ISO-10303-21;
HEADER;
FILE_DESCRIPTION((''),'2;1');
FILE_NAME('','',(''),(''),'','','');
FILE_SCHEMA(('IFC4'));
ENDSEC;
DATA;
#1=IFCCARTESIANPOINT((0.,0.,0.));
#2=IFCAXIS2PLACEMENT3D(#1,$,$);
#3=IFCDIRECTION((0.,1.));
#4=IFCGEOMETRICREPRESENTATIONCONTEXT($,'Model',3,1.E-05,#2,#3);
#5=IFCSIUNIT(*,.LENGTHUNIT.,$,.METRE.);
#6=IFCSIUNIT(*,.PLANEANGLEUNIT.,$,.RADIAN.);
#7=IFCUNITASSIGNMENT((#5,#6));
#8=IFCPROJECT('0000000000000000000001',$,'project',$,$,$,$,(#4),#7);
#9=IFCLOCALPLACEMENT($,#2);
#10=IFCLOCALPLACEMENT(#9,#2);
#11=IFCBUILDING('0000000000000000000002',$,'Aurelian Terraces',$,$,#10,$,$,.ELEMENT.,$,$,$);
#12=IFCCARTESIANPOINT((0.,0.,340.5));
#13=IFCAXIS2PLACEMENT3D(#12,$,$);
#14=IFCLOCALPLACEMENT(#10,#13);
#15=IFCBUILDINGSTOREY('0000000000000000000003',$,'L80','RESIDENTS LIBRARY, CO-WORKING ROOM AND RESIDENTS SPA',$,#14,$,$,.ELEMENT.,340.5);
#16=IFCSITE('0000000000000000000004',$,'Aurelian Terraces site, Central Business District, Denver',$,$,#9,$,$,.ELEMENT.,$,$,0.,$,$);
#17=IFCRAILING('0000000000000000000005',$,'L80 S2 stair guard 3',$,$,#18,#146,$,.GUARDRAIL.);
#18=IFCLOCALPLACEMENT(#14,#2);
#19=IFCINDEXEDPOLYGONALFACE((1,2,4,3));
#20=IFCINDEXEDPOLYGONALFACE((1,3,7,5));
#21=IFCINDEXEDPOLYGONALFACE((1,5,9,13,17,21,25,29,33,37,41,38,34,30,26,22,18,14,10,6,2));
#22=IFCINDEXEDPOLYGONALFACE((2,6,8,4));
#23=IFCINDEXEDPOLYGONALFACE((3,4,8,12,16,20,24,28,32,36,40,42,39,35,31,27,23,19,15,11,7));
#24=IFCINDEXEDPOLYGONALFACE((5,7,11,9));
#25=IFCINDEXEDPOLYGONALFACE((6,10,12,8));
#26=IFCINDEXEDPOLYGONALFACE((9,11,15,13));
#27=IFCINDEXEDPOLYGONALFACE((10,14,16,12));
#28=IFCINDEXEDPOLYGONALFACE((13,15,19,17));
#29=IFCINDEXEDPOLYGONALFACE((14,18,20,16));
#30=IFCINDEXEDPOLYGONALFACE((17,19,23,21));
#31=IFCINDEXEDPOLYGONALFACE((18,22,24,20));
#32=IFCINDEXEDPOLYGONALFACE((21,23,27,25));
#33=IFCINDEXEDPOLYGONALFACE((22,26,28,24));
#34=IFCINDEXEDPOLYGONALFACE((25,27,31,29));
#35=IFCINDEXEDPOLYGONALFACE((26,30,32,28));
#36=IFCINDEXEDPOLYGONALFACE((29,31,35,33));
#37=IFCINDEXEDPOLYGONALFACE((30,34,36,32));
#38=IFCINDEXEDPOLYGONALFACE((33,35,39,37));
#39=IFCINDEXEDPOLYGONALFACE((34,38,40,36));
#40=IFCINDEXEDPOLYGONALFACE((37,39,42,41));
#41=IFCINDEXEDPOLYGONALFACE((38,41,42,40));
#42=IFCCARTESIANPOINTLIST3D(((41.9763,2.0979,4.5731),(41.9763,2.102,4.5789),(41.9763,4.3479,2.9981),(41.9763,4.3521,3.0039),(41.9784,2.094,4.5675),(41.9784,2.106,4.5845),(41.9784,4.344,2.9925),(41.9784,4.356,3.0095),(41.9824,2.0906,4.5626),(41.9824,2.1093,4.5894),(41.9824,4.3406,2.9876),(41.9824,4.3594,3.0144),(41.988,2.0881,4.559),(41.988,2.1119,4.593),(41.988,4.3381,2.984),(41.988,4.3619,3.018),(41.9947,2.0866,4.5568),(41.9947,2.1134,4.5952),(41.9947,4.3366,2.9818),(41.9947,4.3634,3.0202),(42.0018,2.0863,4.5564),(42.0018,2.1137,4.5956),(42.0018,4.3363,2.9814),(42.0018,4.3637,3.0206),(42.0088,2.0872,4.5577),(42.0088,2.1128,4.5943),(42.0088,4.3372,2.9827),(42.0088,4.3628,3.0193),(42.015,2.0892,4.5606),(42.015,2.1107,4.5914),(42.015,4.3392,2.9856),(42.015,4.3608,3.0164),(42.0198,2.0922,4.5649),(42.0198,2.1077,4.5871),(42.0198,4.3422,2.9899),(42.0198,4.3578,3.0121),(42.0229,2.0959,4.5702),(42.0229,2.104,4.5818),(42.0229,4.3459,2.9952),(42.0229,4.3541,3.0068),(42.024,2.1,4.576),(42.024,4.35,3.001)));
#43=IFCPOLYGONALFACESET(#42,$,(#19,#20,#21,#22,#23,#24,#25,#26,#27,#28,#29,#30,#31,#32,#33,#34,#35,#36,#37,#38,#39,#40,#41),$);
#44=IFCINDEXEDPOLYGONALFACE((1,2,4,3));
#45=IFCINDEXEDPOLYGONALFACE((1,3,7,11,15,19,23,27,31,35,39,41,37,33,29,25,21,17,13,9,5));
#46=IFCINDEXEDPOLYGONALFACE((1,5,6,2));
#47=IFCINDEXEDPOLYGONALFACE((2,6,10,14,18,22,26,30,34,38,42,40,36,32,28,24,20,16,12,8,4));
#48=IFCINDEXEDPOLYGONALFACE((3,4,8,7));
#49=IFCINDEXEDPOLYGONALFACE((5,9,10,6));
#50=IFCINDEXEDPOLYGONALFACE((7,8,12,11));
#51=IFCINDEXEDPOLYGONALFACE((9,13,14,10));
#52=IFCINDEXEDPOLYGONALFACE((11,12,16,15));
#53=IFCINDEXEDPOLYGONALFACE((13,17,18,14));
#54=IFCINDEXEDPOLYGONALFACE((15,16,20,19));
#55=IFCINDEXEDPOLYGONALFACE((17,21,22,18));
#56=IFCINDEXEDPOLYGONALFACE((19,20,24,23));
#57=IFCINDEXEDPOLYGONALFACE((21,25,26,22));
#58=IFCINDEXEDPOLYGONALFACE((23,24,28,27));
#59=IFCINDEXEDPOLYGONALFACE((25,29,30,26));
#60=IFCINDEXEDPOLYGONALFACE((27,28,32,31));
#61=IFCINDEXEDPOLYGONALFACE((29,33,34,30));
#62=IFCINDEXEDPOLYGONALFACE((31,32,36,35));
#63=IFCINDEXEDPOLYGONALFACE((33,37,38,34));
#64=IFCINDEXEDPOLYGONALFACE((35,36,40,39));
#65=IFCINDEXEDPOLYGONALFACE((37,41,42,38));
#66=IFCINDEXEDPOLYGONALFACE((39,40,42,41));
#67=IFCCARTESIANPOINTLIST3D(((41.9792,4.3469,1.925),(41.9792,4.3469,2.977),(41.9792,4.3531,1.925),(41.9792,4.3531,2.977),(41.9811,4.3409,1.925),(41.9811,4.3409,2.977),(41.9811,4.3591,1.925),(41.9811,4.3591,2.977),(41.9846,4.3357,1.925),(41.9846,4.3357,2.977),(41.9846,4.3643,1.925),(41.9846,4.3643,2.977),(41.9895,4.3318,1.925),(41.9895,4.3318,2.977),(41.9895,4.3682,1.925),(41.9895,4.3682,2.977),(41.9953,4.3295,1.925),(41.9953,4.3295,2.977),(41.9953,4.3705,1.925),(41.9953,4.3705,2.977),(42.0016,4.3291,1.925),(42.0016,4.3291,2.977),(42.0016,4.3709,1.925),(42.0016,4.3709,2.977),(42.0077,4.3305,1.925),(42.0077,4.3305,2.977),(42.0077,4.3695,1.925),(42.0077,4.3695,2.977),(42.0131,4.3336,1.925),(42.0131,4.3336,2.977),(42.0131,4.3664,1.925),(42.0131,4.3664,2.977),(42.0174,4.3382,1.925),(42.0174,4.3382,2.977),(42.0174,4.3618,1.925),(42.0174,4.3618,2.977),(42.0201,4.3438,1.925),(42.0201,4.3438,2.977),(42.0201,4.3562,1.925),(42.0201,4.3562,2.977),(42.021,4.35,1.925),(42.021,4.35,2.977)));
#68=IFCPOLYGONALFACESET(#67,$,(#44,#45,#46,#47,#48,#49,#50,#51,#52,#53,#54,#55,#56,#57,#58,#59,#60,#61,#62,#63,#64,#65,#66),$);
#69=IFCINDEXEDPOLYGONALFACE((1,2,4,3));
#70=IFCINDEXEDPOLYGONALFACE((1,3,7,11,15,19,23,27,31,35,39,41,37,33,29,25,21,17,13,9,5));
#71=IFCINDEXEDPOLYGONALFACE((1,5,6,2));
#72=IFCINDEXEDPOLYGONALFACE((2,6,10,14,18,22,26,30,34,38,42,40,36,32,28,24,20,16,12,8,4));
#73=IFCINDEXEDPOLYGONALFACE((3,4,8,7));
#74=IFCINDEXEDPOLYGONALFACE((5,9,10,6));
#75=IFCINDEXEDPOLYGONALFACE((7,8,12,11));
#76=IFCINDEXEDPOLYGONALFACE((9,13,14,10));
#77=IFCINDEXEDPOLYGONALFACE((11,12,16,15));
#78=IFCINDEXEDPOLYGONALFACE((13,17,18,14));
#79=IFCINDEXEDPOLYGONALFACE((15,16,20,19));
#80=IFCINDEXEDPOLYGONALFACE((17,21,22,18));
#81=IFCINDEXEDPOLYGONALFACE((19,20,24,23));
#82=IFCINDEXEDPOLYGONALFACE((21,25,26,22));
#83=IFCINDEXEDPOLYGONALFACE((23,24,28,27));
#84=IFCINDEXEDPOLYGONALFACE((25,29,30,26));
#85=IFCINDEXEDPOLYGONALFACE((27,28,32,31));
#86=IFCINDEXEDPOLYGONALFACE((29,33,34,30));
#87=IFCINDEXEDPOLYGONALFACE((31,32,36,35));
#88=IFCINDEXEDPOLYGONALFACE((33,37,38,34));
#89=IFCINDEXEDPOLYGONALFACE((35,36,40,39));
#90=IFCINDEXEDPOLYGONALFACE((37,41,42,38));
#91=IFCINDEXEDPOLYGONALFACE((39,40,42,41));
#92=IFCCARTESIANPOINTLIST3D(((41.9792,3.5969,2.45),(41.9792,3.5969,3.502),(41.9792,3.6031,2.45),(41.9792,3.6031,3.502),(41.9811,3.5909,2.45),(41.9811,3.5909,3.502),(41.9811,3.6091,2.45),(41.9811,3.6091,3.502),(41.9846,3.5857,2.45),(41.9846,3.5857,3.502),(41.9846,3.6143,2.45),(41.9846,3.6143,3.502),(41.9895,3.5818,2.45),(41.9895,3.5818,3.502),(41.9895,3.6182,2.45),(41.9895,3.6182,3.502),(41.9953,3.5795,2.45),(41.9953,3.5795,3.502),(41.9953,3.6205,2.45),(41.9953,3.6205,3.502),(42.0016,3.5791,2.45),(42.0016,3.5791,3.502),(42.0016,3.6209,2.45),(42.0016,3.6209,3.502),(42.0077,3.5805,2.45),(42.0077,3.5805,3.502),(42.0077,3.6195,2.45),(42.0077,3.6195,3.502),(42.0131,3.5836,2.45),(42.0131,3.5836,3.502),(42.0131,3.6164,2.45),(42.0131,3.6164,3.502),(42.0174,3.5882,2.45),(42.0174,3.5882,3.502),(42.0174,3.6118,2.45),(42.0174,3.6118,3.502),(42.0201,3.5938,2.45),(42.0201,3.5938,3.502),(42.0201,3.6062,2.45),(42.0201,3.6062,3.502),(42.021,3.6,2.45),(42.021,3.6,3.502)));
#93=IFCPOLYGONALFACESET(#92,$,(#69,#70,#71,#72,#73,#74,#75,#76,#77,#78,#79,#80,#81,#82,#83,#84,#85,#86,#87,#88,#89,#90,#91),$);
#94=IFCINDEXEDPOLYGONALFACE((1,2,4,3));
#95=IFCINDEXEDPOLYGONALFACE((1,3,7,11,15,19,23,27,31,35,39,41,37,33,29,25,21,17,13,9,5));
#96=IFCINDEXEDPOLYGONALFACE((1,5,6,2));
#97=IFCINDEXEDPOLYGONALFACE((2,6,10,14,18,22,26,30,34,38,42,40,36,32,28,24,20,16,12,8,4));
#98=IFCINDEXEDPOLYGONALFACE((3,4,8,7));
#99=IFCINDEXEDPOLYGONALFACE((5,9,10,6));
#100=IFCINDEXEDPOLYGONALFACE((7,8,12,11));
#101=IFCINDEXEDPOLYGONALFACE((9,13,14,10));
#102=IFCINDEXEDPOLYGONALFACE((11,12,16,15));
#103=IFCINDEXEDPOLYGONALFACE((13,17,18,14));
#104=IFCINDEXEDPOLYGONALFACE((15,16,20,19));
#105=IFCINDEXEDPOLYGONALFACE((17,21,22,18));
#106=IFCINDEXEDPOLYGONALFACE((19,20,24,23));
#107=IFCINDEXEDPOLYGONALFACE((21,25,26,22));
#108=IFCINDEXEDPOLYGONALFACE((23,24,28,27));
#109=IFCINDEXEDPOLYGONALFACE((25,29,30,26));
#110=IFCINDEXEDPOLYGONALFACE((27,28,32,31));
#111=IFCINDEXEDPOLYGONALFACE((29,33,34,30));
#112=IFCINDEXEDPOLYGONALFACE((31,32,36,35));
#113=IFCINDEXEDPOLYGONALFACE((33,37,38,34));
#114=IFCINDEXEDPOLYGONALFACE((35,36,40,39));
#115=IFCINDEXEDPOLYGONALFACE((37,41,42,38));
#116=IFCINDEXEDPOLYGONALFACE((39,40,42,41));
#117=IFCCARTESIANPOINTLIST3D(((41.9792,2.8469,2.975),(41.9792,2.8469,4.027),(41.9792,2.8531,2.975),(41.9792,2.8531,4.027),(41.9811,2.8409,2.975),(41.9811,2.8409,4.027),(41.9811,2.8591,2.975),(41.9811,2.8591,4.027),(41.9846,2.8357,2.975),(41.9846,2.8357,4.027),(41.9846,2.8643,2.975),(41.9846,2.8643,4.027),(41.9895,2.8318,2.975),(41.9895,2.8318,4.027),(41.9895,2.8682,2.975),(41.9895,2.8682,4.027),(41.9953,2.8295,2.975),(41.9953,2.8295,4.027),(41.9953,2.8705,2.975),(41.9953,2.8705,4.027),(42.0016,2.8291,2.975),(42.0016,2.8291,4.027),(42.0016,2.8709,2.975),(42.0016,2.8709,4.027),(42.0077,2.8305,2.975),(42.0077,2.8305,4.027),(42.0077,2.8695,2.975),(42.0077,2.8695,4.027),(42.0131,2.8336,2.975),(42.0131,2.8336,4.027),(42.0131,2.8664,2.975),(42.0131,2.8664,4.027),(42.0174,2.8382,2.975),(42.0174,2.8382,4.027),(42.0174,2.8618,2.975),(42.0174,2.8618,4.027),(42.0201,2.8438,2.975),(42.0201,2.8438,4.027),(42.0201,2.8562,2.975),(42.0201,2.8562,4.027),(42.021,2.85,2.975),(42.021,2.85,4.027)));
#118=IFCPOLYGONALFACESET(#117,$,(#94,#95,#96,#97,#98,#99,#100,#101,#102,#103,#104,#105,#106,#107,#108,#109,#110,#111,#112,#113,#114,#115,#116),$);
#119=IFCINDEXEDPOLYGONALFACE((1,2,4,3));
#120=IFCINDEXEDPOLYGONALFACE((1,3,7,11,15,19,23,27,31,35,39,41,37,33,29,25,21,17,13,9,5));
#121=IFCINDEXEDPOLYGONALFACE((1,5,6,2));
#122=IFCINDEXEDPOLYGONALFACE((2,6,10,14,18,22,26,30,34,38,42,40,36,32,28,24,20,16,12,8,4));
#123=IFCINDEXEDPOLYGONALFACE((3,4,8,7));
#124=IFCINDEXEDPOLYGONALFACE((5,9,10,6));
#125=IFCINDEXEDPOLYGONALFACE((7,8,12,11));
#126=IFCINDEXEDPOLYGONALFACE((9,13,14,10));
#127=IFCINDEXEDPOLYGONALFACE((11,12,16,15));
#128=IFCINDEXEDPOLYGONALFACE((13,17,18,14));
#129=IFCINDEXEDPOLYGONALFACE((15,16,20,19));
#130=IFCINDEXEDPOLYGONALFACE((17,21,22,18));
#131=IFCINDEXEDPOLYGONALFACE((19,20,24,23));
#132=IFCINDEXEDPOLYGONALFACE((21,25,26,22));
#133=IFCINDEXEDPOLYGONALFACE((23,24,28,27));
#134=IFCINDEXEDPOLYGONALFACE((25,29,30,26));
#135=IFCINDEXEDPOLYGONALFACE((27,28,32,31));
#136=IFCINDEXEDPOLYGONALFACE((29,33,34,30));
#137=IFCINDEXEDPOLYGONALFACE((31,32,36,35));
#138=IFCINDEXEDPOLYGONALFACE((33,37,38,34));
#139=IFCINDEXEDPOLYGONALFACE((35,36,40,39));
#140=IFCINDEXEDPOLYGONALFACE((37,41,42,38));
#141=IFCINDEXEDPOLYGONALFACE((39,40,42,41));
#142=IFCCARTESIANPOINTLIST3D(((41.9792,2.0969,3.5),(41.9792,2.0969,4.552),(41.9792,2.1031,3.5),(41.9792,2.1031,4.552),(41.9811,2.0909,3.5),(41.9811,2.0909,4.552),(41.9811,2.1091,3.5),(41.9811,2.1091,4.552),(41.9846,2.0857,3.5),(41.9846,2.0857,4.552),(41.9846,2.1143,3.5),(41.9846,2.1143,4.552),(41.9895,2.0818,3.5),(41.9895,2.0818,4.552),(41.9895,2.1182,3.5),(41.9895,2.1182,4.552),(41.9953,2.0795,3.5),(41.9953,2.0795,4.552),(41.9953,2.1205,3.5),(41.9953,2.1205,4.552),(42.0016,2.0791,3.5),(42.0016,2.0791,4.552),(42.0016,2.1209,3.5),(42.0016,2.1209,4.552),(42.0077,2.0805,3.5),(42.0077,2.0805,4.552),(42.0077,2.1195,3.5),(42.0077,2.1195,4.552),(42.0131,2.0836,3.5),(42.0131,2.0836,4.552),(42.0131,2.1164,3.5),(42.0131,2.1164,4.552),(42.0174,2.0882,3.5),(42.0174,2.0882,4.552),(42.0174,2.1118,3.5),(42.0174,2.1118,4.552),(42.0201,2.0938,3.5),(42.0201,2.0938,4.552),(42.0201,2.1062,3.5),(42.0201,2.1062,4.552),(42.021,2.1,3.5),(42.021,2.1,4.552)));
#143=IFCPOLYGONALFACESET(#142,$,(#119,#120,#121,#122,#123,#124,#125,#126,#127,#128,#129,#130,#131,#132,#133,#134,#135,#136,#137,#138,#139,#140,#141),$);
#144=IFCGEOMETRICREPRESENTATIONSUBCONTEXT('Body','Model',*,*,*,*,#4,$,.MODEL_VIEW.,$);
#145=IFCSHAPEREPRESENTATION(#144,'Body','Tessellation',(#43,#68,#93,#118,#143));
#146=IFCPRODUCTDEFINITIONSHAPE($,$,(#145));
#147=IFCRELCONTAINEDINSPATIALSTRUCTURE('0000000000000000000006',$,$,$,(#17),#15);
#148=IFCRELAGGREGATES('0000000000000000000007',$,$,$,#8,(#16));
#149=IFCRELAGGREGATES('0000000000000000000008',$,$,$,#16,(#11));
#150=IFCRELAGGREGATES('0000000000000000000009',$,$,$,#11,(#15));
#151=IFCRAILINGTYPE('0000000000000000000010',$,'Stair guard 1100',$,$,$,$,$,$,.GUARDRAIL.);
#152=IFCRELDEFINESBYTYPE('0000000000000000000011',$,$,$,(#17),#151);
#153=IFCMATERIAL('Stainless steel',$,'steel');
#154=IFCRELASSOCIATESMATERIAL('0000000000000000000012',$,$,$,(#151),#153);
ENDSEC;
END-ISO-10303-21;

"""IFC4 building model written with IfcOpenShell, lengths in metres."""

from ifc_helpers import new_model, si_unit, direction, frame, origin, origin_2d, place, context, subcontext, project, spatial, circle, extrude, source, transform, mapped, material, type_object, element, save


model = new_model("IFC4")

# Units and contexts
model_context = context("Model", 3, precision=1e-05, world=origin(), true_north=direction((0.0, 1.0)))
body_context = subcontext(model_context, "Body", "Model", "MODEL_VIEW")
ifc_project = project(units=[si_unit("LENGTHUNIT", "METRE"), si_unit("PLANEANGLEUNIT", "RADIAN")], contexts=[model_context])

# Site, building, storey
site_placement = place(None, origin())
site = spatial("IfcSite", under=ifc_project, at=site_placement, Name="Aurelian Terraces site, Central Business District, Denver", CompositionType="ELEMENT", RefElevation=0.0)
building_placement = place(site_placement, origin())
building = spatial("IfcBuilding", under=site, at=building_placement, Name="Aurelian Terraces", CompositionType="ELEMENT")
storey_placement = place(building_placement, frame((0.0, 0.0, 340.5)))
storey = spatial("IfcBuildingStorey", under=building, at=storey_placement, Name="L80", Description="RESIDENTS LIBRARY, CO-WORKING ROOM AND RESIDENTS SPA", CompositionType="ELEMENT", Elevation=340.5)

# Railing
ifc_material_1 = material(Name="Stainless steel", Category="steel")
railing_type_1 = type_object("IfcRailingType", Name="Stair guard 1100", PredefinedType="GUARDRAIL", material=ifc_material_1)
shared_shape_1 = source(origin(), body_context, "Body", "SweptSolid", [
    extrude(circle(Radius=0.024, at=origin_2d()), frame((0.0, 0.0, 1.076), z_axis=(0.0, -0.819232, 0.573462), x_axis=(1.0, 0.0, 0.0)), (0.0, 0.0, 1.0), 2.7465),
    extrude(circle(Radius=0.021, at=origin_2d()), origin(), (0.0, 0.0, 1.0), 1.052),
    extrude(circle(Radius=0.021, at=origin_2d()), frame((0.0, -0.75, 0.525)), (0.0, 0.0, 1.0), 1.052),
    extrude(circle(Radius=0.021, at=origin_2d()), frame((0.0, -1.5, 1.05)), (0.0, 0.0, 1.0), 1.052),
    extrude(circle(Radius=0.021, at=origin_2d()), frame((0.0, -2.25, 1.575)), (0.0, 0.0, 1.0), 1.052),
])
railing_1_placement = place(storey_placement, frame((42.0, 4.35, 1.925)))
element("IfcRailing", 1, at=railing_1_placement, inside=storey, type_object=railing_type_1, Name="L80 S2 stair guard 3", PredefinedType="GUARDRAIL", context=body_context, shape_type="MappedRepresentation", body=[
    mapped(shared_shape_1, transform((0.0, 0.0, 0.0), scale=1.0)),
])

save(model, "model.ifc")
